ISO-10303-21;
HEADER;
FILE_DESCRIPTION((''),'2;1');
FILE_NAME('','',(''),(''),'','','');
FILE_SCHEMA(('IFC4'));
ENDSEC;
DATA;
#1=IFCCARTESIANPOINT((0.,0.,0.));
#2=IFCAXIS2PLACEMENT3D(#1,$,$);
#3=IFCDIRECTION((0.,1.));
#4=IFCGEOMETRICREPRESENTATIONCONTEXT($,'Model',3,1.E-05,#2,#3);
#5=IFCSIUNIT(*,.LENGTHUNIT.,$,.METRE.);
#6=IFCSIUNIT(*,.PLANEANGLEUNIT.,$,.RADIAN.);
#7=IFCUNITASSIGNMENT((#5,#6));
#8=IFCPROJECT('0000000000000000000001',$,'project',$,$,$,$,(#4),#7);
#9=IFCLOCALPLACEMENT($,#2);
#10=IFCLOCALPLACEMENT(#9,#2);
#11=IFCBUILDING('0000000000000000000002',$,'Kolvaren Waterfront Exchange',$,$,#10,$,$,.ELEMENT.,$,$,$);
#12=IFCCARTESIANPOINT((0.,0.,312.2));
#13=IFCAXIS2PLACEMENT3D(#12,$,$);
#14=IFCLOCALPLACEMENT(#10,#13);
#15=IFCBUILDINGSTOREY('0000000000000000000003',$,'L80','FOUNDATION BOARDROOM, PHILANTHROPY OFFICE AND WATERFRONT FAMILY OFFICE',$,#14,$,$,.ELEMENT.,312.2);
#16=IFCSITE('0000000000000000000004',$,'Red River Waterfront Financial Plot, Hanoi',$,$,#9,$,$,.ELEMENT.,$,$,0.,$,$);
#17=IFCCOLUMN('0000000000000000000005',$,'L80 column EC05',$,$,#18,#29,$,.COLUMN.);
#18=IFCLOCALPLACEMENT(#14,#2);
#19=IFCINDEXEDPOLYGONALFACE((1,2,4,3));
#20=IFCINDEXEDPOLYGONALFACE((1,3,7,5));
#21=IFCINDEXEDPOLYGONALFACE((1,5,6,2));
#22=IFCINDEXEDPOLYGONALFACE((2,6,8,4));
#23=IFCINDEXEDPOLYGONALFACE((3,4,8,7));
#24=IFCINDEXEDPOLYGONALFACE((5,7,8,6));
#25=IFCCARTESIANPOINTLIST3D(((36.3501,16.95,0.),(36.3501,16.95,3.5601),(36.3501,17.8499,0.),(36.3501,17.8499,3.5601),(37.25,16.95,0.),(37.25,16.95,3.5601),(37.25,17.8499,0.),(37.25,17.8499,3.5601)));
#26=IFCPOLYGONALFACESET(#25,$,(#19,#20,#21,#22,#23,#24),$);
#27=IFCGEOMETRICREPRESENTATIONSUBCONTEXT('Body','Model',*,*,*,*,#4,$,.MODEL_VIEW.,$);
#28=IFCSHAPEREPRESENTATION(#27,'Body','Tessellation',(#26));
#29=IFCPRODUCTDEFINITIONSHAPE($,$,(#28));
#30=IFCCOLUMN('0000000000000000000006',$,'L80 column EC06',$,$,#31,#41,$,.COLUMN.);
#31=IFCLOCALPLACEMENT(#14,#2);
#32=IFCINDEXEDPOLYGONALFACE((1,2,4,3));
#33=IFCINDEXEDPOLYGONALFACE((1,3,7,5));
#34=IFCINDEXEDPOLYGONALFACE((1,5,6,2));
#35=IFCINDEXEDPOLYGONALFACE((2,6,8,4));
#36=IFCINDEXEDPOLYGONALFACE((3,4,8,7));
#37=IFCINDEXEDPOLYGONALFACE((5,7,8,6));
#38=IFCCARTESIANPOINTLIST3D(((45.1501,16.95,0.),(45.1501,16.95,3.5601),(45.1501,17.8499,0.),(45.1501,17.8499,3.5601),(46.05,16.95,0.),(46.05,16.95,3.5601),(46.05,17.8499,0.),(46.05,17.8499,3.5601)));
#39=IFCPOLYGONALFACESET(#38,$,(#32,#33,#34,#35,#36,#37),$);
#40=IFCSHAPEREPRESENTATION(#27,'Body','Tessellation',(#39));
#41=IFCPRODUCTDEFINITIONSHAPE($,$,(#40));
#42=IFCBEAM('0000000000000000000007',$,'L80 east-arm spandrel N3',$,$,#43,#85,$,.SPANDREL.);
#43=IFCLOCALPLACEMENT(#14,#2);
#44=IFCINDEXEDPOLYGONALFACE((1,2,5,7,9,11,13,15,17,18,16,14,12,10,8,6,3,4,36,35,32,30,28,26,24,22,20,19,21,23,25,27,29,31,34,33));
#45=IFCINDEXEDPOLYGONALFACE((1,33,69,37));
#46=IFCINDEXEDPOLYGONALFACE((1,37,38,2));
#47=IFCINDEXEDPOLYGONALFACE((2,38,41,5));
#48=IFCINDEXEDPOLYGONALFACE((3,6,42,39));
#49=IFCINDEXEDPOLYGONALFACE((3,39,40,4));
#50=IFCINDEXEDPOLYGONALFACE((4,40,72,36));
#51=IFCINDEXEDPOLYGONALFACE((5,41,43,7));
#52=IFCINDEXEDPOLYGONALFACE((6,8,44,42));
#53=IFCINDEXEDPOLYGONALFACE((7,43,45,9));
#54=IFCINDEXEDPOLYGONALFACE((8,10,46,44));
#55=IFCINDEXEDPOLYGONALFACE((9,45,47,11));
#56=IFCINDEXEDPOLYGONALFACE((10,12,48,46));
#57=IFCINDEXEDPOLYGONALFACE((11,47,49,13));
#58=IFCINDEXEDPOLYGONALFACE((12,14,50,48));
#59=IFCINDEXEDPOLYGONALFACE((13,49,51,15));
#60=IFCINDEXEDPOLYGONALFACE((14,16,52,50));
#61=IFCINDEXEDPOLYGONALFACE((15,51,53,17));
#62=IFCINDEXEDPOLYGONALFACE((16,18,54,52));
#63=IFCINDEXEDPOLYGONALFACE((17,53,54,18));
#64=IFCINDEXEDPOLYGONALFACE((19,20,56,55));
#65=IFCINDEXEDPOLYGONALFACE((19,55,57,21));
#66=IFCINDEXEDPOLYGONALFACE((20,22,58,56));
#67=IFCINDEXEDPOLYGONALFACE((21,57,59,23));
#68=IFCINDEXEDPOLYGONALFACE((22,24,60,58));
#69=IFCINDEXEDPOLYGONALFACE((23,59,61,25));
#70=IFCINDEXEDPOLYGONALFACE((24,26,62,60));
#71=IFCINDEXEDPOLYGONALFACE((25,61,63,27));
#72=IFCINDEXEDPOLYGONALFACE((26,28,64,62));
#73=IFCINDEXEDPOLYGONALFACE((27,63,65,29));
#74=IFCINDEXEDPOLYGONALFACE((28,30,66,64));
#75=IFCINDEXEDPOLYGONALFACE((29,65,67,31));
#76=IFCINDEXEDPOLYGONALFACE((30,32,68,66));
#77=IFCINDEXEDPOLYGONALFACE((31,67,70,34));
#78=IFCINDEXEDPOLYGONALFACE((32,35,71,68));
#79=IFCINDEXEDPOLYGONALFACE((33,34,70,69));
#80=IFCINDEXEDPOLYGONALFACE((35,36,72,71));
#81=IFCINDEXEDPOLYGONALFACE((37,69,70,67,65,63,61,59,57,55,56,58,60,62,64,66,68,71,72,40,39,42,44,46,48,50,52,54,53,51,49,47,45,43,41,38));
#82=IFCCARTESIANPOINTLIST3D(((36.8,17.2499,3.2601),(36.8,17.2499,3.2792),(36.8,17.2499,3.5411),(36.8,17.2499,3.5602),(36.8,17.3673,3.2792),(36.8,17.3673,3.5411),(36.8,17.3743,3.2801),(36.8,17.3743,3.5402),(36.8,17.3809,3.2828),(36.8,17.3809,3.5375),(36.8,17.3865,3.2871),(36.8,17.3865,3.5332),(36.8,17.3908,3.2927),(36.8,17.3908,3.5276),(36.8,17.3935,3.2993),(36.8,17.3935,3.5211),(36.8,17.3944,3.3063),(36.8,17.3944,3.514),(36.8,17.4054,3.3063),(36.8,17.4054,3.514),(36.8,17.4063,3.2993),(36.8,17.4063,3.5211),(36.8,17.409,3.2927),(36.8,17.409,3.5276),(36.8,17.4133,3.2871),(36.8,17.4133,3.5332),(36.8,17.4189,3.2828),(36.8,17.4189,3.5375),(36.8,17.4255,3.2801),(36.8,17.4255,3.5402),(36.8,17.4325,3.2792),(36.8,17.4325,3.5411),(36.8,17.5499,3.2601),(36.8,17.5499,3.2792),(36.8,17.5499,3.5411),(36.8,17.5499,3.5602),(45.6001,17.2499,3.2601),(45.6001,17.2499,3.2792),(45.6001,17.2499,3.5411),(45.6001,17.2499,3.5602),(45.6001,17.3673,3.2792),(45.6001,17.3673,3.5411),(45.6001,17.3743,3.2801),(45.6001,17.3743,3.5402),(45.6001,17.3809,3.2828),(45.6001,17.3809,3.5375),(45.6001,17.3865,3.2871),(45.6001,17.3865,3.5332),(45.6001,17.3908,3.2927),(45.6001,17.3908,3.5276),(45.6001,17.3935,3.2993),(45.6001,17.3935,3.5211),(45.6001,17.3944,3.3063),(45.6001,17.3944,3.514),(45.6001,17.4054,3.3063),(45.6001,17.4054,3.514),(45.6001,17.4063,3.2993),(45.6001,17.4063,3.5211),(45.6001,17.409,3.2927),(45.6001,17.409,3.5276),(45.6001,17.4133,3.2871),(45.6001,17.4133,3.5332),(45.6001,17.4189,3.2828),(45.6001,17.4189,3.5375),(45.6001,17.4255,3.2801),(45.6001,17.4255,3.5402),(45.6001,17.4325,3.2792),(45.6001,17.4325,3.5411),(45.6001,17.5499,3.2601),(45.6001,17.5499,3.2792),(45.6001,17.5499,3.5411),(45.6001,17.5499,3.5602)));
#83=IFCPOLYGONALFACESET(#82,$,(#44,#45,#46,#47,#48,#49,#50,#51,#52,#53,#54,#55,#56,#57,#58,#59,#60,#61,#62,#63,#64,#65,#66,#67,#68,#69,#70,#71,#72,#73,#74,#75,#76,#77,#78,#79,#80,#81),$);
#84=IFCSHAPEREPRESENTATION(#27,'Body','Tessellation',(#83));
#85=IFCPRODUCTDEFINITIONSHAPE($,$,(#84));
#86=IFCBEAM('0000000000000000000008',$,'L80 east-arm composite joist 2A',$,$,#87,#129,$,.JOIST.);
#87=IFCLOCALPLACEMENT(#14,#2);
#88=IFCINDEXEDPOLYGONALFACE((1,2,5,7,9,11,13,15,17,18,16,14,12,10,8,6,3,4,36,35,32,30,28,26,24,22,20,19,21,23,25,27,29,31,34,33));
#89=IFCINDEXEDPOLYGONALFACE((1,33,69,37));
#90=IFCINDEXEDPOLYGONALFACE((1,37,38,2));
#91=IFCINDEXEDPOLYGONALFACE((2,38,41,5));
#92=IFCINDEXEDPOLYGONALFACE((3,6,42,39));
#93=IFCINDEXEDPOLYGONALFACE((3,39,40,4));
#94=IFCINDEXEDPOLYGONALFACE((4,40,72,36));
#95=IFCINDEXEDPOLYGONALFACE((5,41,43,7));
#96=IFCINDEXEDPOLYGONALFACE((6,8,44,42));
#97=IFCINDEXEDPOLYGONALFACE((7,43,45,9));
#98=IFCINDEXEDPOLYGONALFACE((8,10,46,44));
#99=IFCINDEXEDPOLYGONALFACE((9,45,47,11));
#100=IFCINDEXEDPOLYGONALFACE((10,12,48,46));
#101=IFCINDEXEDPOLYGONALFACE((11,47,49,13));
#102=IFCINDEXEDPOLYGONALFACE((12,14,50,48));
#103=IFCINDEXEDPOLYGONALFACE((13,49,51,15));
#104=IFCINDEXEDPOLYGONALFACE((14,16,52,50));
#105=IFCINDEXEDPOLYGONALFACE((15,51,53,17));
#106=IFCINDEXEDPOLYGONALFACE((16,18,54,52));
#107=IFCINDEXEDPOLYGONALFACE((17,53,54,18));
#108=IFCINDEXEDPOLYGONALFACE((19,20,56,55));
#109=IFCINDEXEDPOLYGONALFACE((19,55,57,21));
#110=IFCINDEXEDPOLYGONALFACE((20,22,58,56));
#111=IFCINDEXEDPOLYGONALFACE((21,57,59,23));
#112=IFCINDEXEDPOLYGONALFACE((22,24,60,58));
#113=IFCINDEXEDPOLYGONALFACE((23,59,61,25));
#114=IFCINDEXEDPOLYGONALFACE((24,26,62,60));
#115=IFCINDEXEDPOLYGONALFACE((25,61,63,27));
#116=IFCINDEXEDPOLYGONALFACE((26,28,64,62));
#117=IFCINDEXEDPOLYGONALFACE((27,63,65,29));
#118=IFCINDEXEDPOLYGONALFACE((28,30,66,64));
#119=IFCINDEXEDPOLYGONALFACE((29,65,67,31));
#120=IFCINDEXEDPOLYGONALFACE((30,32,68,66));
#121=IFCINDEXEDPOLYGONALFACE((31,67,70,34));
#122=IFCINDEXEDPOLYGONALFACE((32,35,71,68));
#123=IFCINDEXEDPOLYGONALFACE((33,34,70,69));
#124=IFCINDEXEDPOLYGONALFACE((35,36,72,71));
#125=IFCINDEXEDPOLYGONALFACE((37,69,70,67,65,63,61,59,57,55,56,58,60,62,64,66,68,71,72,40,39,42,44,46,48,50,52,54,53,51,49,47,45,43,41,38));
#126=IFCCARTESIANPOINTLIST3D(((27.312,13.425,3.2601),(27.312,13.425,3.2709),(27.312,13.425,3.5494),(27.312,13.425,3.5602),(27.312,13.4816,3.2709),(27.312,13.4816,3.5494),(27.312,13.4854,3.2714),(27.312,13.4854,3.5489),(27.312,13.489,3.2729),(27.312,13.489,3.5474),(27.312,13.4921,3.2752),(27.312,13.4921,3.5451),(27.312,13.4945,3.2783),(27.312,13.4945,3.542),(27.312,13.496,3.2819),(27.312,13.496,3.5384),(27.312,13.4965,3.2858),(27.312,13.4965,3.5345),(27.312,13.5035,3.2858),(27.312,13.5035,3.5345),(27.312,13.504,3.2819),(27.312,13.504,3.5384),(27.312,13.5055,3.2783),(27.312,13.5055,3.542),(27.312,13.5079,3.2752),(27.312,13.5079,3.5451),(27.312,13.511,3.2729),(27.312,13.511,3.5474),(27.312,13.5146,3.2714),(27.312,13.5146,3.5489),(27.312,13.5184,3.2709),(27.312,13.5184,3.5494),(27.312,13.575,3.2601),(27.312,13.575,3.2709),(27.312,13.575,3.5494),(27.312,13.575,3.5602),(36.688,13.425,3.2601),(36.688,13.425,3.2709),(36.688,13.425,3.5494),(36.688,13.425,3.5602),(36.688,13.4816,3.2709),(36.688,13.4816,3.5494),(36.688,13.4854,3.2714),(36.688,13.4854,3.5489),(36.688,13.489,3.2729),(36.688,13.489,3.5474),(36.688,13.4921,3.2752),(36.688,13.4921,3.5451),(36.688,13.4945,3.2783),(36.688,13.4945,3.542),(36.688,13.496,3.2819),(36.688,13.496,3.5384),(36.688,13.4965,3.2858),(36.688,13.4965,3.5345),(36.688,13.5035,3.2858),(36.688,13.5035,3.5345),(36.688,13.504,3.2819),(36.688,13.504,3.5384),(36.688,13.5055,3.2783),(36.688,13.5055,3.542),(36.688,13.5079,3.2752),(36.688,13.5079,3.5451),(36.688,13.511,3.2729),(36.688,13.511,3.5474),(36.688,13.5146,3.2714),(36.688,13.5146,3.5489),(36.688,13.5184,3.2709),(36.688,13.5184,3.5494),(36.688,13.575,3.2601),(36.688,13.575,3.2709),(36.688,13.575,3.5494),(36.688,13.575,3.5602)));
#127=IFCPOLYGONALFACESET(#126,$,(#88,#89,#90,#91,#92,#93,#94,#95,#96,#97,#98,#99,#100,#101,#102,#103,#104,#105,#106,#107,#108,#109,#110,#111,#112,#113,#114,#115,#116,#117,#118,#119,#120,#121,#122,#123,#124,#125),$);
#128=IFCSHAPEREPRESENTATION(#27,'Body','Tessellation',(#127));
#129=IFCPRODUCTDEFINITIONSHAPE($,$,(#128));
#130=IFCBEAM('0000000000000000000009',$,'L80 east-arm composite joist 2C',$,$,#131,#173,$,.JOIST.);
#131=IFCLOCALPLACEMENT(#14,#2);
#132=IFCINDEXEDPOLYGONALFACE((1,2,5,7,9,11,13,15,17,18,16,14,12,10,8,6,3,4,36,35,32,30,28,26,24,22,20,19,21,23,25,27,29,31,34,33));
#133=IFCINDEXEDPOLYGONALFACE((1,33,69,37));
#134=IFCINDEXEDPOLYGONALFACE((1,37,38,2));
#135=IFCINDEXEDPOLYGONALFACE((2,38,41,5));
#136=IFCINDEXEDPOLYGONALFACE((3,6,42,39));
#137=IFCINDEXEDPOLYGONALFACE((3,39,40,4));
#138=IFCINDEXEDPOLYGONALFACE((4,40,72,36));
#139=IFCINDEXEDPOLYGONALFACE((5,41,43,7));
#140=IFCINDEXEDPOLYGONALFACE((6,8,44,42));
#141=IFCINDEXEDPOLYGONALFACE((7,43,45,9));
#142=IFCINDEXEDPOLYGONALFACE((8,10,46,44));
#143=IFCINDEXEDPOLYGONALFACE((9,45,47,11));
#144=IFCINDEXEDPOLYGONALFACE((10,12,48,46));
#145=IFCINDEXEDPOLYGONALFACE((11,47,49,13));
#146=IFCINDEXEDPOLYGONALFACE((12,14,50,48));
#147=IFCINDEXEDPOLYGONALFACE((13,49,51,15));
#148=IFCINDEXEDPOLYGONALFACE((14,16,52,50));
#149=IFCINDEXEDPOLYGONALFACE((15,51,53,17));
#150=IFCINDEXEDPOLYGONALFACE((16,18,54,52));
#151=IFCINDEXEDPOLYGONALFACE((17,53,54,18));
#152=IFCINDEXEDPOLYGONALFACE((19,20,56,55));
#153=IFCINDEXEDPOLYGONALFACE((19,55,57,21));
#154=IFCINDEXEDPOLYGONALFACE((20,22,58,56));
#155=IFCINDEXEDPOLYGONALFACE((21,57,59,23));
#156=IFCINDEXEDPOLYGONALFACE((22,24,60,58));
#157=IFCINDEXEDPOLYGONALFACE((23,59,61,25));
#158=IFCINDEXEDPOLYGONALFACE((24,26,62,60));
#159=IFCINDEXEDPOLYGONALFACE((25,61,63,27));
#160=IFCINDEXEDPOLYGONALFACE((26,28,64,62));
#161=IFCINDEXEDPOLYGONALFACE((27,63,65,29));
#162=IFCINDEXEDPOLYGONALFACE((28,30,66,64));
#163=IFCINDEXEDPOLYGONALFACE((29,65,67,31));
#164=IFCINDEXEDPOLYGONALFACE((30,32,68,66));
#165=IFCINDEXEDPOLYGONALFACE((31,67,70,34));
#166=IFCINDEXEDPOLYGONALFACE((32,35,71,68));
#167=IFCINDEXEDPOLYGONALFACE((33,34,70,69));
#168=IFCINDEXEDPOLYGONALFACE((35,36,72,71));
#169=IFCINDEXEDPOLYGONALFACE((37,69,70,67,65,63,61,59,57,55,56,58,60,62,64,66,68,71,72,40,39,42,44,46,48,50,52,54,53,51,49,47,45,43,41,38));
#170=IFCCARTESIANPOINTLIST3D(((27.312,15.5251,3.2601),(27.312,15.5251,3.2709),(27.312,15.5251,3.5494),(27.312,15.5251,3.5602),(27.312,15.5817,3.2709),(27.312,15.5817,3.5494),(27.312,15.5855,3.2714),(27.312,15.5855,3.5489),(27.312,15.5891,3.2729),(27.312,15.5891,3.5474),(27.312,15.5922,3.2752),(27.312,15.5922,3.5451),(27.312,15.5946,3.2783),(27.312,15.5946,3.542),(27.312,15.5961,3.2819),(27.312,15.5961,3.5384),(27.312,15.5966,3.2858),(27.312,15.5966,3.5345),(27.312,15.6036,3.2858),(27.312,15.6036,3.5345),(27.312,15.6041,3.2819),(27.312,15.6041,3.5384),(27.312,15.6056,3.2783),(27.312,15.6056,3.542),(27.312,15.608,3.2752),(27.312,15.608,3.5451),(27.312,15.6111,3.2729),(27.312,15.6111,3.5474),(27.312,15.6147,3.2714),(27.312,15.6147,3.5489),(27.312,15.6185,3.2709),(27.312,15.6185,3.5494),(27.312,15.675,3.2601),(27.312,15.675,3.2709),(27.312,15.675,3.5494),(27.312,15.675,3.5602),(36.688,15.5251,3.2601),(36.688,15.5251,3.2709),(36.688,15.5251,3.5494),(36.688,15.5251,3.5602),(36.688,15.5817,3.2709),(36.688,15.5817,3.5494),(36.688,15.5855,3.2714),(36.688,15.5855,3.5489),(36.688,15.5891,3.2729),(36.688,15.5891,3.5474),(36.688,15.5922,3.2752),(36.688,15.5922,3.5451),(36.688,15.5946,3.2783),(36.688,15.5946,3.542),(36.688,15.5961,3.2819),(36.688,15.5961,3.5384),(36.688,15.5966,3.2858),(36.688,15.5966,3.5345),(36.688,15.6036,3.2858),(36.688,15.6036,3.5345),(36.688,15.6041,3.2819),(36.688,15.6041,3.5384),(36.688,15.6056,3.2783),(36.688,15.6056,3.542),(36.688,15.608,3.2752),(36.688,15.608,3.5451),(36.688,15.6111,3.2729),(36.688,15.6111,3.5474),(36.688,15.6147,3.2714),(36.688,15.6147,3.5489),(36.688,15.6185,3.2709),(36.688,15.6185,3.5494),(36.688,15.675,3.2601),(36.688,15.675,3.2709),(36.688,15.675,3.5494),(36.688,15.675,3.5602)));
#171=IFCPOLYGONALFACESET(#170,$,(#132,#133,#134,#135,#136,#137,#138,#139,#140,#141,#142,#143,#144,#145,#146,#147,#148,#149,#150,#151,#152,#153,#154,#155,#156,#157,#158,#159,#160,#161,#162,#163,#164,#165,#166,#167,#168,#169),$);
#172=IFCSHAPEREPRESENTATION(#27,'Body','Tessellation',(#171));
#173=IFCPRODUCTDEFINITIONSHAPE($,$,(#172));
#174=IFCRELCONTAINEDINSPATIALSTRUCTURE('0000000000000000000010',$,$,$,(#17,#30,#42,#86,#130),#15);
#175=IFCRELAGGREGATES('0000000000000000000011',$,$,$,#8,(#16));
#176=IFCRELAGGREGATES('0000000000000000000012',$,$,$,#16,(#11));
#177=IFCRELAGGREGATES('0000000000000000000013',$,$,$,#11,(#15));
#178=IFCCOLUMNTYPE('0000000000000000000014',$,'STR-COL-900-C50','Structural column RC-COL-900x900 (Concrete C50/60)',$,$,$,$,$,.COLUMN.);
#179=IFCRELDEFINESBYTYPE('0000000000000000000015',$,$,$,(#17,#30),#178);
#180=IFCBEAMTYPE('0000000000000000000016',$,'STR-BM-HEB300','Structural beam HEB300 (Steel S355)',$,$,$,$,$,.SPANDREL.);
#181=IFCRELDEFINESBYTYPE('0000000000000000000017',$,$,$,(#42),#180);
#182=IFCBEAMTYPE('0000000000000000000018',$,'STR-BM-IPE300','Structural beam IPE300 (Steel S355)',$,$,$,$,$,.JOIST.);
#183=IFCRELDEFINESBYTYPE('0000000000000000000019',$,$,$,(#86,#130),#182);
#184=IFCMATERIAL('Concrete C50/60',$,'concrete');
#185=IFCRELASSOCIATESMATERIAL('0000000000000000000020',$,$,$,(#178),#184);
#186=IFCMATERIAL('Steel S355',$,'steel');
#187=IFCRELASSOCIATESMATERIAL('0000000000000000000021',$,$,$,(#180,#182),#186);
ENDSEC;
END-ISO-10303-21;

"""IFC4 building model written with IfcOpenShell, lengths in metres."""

from ifc_helpers import new_model, si_unit, direction, frame, origin, origin_2d, place, context, subcontext, project, spatial, rectangle, i_section, extrude, material, material_profile, profile_set, type_object, element, save


model = new_model("IFC4")

# Units and contexts
model_context = context("Model", 3, precision=1e-05, world=origin(), true_north=direction((0.0, 1.0)))
body_context = subcontext(model_context, "Body", "Model", "MODEL_VIEW")
ifc_project = project(units=[si_unit("LENGTHUNIT", "METRE"), si_unit("PLANEANGLEUNIT", "RADIAN")], contexts=[model_context])

# Site, building, storey
site_placement = place(None, origin())
site = spatial("IfcSite", under=ifc_project, at=site_placement, Name="Red River Waterfront Financial Plot, Hanoi", CompositionType="ELEMENT", RefElevation=0.0)
building_placement = place(site_placement, origin())
building = spatial("IfcBuilding", under=site, at=building_placement, Name="Kolvaren Waterfront Exchange", CompositionType="ELEMENT")
storey_placement = place(building_placement, frame((0.0, 0.0, 312.2)))
storey = spatial("IfcBuildingStorey", under=building, at=storey_placement, Name="L80", Description="FOUNDATION BOARDROOM, PHILANTHROPY OFFICE AND WATERFRONT FAMILY OFFICE", CompositionType="ELEMENT", Elevation=312.2)

# Columns
ifc_material_1 = material(Name="Concrete C50/60", Category="concrete")
ifc_material_profile_1 = material_profile(ifc_material_1, rectangle(XDim=0.8999, YDim=0.8999, at=origin_2d()), Name="RC-COL-900x900")
ifc_profile_set_1 = profile_set([ifc_material_profile_1], Name="Concrete C50/60")
column_type = type_object("IfcColumnType", Name="STR-COL-900-C50", Description="Structural column RC-COL-900x900 (Concrete C50/60)", PredefinedType="COLUMN", material=ifc_profile_set_1)
for number, where, z_axis, x_axis, name in (
    (1, (36.8, 17.3999, 0.0), (0.0, 0.0, 1.0), (1.0, 0.0, 0.0), "L80 column EC05"),
    (2, (45.6001, 17.3999, 0.0), (0.0, 0.0, 1.0), (1.0, 0.0, 0.0), "L80 column EC06"),
):
    element("IfcColumn", number, at=place(storey_placement, frame(where, z_axis=z_axis, x_axis=x_axis)), inside=storey, type_object=column_type, Name=name, PredefinedType="COLUMN", context=body_context, shape_type="SweptSolid", body=[
        extrude(rectangle(XDim=0.8999, YDim=0.8999, at=origin_2d()), origin(), (0.0, 0.0, 1.0), 3.5601),
    ])

# Beams
ifc_material_2 = material(Name="Steel S355", Category="steel")
ifc_material_profile_2 = material_profile(ifc_material_2, i_section(OverallWidth=0.3, OverallDepth=0.3, WebThickness=0.011, FlangeThickness=0.019, FilletRadius=0.0271, at=origin_2d()), Name="HEB300")
ifc_profile_set_2 = profile_set([ifc_material_profile_2], Name="Steel S355")
beam_type_1 = type_object("IfcBeamType", Name="STR-BM-HEB300", Description="Structural beam HEB300 (Steel S355)", PredefinedType="SPANDREL", material=ifc_profile_set_2)
beam_placement = place(storey_placement, frame((36.8, 17.3999, 3.4102), z_axis=(1.0, 0.0, 0.0), x_axis=(0.0, 1.0, 0.0)))
element("IfcBeam", 3, at=beam_placement, inside=storey, type_object=beam_type_1, Name="L80 east-arm spandrel N3", PredefinedType="SPANDREL", context=body_context, shape_type="SweptSolid", body=[
    extrude(i_section(OverallWidth=0.3, OverallDepth=0.3, WebThickness=0.011, FlangeThickness=0.019, FilletRadius=0.0271, at=origin_2d()), origin(), (0.0, 0.0, 1.0), 8.8),
])
ifc_material_profile_3 = material_profile(ifc_material_2, i_section(OverallWidth=0.1499, OverallDepth=0.3, WebThickness=0.0071, FlangeThickness=0.0107, FilletRadius=0.0149, at=origin_2d()), Name="IPE300")
ifc_profile_set_3 = profile_set([ifc_material_profile_3], Name="Steel S355")
beam_type_2 = type_object("IfcBeamType", Name="STR-BM-IPE300", Description="Structural beam IPE300 (Steel S355)", PredefinedType="JOIST", material=ifc_profile_set_3)
for number, where, z_axis, x_axis, name in (
    (4, (27.312, 13.5, 3.4102), (1.0, 0.0, 0.0), (0.0, 1.0, 0.0), "L80 east-arm composite joist 2A"),
    (5, (27.312, 15.6001, 3.4102), (1.0, 0.0, 0.0), (0.0, 1.0, 0.0), "L80 east-arm composite joist 2C"),
):
    element("IfcBeam", number, at=place(storey_placement, frame(where, z_axis=z_axis, x_axis=x_axis)), inside=storey, type_object=beam_type_2, Name=name, PredefinedType="JOIST", context=body_context, shape_type="SweptSolid", body=[
        extrude(i_section(OverallWidth=0.1499, OverallDepth=0.3, WebThickness=0.0071, FlangeThickness=0.0107, FilletRadius=0.0149, at=origin_2d()), origin(), (0.0, 0.0, 1.0), 9.376),
    ])

save(model, "model.ifc")
